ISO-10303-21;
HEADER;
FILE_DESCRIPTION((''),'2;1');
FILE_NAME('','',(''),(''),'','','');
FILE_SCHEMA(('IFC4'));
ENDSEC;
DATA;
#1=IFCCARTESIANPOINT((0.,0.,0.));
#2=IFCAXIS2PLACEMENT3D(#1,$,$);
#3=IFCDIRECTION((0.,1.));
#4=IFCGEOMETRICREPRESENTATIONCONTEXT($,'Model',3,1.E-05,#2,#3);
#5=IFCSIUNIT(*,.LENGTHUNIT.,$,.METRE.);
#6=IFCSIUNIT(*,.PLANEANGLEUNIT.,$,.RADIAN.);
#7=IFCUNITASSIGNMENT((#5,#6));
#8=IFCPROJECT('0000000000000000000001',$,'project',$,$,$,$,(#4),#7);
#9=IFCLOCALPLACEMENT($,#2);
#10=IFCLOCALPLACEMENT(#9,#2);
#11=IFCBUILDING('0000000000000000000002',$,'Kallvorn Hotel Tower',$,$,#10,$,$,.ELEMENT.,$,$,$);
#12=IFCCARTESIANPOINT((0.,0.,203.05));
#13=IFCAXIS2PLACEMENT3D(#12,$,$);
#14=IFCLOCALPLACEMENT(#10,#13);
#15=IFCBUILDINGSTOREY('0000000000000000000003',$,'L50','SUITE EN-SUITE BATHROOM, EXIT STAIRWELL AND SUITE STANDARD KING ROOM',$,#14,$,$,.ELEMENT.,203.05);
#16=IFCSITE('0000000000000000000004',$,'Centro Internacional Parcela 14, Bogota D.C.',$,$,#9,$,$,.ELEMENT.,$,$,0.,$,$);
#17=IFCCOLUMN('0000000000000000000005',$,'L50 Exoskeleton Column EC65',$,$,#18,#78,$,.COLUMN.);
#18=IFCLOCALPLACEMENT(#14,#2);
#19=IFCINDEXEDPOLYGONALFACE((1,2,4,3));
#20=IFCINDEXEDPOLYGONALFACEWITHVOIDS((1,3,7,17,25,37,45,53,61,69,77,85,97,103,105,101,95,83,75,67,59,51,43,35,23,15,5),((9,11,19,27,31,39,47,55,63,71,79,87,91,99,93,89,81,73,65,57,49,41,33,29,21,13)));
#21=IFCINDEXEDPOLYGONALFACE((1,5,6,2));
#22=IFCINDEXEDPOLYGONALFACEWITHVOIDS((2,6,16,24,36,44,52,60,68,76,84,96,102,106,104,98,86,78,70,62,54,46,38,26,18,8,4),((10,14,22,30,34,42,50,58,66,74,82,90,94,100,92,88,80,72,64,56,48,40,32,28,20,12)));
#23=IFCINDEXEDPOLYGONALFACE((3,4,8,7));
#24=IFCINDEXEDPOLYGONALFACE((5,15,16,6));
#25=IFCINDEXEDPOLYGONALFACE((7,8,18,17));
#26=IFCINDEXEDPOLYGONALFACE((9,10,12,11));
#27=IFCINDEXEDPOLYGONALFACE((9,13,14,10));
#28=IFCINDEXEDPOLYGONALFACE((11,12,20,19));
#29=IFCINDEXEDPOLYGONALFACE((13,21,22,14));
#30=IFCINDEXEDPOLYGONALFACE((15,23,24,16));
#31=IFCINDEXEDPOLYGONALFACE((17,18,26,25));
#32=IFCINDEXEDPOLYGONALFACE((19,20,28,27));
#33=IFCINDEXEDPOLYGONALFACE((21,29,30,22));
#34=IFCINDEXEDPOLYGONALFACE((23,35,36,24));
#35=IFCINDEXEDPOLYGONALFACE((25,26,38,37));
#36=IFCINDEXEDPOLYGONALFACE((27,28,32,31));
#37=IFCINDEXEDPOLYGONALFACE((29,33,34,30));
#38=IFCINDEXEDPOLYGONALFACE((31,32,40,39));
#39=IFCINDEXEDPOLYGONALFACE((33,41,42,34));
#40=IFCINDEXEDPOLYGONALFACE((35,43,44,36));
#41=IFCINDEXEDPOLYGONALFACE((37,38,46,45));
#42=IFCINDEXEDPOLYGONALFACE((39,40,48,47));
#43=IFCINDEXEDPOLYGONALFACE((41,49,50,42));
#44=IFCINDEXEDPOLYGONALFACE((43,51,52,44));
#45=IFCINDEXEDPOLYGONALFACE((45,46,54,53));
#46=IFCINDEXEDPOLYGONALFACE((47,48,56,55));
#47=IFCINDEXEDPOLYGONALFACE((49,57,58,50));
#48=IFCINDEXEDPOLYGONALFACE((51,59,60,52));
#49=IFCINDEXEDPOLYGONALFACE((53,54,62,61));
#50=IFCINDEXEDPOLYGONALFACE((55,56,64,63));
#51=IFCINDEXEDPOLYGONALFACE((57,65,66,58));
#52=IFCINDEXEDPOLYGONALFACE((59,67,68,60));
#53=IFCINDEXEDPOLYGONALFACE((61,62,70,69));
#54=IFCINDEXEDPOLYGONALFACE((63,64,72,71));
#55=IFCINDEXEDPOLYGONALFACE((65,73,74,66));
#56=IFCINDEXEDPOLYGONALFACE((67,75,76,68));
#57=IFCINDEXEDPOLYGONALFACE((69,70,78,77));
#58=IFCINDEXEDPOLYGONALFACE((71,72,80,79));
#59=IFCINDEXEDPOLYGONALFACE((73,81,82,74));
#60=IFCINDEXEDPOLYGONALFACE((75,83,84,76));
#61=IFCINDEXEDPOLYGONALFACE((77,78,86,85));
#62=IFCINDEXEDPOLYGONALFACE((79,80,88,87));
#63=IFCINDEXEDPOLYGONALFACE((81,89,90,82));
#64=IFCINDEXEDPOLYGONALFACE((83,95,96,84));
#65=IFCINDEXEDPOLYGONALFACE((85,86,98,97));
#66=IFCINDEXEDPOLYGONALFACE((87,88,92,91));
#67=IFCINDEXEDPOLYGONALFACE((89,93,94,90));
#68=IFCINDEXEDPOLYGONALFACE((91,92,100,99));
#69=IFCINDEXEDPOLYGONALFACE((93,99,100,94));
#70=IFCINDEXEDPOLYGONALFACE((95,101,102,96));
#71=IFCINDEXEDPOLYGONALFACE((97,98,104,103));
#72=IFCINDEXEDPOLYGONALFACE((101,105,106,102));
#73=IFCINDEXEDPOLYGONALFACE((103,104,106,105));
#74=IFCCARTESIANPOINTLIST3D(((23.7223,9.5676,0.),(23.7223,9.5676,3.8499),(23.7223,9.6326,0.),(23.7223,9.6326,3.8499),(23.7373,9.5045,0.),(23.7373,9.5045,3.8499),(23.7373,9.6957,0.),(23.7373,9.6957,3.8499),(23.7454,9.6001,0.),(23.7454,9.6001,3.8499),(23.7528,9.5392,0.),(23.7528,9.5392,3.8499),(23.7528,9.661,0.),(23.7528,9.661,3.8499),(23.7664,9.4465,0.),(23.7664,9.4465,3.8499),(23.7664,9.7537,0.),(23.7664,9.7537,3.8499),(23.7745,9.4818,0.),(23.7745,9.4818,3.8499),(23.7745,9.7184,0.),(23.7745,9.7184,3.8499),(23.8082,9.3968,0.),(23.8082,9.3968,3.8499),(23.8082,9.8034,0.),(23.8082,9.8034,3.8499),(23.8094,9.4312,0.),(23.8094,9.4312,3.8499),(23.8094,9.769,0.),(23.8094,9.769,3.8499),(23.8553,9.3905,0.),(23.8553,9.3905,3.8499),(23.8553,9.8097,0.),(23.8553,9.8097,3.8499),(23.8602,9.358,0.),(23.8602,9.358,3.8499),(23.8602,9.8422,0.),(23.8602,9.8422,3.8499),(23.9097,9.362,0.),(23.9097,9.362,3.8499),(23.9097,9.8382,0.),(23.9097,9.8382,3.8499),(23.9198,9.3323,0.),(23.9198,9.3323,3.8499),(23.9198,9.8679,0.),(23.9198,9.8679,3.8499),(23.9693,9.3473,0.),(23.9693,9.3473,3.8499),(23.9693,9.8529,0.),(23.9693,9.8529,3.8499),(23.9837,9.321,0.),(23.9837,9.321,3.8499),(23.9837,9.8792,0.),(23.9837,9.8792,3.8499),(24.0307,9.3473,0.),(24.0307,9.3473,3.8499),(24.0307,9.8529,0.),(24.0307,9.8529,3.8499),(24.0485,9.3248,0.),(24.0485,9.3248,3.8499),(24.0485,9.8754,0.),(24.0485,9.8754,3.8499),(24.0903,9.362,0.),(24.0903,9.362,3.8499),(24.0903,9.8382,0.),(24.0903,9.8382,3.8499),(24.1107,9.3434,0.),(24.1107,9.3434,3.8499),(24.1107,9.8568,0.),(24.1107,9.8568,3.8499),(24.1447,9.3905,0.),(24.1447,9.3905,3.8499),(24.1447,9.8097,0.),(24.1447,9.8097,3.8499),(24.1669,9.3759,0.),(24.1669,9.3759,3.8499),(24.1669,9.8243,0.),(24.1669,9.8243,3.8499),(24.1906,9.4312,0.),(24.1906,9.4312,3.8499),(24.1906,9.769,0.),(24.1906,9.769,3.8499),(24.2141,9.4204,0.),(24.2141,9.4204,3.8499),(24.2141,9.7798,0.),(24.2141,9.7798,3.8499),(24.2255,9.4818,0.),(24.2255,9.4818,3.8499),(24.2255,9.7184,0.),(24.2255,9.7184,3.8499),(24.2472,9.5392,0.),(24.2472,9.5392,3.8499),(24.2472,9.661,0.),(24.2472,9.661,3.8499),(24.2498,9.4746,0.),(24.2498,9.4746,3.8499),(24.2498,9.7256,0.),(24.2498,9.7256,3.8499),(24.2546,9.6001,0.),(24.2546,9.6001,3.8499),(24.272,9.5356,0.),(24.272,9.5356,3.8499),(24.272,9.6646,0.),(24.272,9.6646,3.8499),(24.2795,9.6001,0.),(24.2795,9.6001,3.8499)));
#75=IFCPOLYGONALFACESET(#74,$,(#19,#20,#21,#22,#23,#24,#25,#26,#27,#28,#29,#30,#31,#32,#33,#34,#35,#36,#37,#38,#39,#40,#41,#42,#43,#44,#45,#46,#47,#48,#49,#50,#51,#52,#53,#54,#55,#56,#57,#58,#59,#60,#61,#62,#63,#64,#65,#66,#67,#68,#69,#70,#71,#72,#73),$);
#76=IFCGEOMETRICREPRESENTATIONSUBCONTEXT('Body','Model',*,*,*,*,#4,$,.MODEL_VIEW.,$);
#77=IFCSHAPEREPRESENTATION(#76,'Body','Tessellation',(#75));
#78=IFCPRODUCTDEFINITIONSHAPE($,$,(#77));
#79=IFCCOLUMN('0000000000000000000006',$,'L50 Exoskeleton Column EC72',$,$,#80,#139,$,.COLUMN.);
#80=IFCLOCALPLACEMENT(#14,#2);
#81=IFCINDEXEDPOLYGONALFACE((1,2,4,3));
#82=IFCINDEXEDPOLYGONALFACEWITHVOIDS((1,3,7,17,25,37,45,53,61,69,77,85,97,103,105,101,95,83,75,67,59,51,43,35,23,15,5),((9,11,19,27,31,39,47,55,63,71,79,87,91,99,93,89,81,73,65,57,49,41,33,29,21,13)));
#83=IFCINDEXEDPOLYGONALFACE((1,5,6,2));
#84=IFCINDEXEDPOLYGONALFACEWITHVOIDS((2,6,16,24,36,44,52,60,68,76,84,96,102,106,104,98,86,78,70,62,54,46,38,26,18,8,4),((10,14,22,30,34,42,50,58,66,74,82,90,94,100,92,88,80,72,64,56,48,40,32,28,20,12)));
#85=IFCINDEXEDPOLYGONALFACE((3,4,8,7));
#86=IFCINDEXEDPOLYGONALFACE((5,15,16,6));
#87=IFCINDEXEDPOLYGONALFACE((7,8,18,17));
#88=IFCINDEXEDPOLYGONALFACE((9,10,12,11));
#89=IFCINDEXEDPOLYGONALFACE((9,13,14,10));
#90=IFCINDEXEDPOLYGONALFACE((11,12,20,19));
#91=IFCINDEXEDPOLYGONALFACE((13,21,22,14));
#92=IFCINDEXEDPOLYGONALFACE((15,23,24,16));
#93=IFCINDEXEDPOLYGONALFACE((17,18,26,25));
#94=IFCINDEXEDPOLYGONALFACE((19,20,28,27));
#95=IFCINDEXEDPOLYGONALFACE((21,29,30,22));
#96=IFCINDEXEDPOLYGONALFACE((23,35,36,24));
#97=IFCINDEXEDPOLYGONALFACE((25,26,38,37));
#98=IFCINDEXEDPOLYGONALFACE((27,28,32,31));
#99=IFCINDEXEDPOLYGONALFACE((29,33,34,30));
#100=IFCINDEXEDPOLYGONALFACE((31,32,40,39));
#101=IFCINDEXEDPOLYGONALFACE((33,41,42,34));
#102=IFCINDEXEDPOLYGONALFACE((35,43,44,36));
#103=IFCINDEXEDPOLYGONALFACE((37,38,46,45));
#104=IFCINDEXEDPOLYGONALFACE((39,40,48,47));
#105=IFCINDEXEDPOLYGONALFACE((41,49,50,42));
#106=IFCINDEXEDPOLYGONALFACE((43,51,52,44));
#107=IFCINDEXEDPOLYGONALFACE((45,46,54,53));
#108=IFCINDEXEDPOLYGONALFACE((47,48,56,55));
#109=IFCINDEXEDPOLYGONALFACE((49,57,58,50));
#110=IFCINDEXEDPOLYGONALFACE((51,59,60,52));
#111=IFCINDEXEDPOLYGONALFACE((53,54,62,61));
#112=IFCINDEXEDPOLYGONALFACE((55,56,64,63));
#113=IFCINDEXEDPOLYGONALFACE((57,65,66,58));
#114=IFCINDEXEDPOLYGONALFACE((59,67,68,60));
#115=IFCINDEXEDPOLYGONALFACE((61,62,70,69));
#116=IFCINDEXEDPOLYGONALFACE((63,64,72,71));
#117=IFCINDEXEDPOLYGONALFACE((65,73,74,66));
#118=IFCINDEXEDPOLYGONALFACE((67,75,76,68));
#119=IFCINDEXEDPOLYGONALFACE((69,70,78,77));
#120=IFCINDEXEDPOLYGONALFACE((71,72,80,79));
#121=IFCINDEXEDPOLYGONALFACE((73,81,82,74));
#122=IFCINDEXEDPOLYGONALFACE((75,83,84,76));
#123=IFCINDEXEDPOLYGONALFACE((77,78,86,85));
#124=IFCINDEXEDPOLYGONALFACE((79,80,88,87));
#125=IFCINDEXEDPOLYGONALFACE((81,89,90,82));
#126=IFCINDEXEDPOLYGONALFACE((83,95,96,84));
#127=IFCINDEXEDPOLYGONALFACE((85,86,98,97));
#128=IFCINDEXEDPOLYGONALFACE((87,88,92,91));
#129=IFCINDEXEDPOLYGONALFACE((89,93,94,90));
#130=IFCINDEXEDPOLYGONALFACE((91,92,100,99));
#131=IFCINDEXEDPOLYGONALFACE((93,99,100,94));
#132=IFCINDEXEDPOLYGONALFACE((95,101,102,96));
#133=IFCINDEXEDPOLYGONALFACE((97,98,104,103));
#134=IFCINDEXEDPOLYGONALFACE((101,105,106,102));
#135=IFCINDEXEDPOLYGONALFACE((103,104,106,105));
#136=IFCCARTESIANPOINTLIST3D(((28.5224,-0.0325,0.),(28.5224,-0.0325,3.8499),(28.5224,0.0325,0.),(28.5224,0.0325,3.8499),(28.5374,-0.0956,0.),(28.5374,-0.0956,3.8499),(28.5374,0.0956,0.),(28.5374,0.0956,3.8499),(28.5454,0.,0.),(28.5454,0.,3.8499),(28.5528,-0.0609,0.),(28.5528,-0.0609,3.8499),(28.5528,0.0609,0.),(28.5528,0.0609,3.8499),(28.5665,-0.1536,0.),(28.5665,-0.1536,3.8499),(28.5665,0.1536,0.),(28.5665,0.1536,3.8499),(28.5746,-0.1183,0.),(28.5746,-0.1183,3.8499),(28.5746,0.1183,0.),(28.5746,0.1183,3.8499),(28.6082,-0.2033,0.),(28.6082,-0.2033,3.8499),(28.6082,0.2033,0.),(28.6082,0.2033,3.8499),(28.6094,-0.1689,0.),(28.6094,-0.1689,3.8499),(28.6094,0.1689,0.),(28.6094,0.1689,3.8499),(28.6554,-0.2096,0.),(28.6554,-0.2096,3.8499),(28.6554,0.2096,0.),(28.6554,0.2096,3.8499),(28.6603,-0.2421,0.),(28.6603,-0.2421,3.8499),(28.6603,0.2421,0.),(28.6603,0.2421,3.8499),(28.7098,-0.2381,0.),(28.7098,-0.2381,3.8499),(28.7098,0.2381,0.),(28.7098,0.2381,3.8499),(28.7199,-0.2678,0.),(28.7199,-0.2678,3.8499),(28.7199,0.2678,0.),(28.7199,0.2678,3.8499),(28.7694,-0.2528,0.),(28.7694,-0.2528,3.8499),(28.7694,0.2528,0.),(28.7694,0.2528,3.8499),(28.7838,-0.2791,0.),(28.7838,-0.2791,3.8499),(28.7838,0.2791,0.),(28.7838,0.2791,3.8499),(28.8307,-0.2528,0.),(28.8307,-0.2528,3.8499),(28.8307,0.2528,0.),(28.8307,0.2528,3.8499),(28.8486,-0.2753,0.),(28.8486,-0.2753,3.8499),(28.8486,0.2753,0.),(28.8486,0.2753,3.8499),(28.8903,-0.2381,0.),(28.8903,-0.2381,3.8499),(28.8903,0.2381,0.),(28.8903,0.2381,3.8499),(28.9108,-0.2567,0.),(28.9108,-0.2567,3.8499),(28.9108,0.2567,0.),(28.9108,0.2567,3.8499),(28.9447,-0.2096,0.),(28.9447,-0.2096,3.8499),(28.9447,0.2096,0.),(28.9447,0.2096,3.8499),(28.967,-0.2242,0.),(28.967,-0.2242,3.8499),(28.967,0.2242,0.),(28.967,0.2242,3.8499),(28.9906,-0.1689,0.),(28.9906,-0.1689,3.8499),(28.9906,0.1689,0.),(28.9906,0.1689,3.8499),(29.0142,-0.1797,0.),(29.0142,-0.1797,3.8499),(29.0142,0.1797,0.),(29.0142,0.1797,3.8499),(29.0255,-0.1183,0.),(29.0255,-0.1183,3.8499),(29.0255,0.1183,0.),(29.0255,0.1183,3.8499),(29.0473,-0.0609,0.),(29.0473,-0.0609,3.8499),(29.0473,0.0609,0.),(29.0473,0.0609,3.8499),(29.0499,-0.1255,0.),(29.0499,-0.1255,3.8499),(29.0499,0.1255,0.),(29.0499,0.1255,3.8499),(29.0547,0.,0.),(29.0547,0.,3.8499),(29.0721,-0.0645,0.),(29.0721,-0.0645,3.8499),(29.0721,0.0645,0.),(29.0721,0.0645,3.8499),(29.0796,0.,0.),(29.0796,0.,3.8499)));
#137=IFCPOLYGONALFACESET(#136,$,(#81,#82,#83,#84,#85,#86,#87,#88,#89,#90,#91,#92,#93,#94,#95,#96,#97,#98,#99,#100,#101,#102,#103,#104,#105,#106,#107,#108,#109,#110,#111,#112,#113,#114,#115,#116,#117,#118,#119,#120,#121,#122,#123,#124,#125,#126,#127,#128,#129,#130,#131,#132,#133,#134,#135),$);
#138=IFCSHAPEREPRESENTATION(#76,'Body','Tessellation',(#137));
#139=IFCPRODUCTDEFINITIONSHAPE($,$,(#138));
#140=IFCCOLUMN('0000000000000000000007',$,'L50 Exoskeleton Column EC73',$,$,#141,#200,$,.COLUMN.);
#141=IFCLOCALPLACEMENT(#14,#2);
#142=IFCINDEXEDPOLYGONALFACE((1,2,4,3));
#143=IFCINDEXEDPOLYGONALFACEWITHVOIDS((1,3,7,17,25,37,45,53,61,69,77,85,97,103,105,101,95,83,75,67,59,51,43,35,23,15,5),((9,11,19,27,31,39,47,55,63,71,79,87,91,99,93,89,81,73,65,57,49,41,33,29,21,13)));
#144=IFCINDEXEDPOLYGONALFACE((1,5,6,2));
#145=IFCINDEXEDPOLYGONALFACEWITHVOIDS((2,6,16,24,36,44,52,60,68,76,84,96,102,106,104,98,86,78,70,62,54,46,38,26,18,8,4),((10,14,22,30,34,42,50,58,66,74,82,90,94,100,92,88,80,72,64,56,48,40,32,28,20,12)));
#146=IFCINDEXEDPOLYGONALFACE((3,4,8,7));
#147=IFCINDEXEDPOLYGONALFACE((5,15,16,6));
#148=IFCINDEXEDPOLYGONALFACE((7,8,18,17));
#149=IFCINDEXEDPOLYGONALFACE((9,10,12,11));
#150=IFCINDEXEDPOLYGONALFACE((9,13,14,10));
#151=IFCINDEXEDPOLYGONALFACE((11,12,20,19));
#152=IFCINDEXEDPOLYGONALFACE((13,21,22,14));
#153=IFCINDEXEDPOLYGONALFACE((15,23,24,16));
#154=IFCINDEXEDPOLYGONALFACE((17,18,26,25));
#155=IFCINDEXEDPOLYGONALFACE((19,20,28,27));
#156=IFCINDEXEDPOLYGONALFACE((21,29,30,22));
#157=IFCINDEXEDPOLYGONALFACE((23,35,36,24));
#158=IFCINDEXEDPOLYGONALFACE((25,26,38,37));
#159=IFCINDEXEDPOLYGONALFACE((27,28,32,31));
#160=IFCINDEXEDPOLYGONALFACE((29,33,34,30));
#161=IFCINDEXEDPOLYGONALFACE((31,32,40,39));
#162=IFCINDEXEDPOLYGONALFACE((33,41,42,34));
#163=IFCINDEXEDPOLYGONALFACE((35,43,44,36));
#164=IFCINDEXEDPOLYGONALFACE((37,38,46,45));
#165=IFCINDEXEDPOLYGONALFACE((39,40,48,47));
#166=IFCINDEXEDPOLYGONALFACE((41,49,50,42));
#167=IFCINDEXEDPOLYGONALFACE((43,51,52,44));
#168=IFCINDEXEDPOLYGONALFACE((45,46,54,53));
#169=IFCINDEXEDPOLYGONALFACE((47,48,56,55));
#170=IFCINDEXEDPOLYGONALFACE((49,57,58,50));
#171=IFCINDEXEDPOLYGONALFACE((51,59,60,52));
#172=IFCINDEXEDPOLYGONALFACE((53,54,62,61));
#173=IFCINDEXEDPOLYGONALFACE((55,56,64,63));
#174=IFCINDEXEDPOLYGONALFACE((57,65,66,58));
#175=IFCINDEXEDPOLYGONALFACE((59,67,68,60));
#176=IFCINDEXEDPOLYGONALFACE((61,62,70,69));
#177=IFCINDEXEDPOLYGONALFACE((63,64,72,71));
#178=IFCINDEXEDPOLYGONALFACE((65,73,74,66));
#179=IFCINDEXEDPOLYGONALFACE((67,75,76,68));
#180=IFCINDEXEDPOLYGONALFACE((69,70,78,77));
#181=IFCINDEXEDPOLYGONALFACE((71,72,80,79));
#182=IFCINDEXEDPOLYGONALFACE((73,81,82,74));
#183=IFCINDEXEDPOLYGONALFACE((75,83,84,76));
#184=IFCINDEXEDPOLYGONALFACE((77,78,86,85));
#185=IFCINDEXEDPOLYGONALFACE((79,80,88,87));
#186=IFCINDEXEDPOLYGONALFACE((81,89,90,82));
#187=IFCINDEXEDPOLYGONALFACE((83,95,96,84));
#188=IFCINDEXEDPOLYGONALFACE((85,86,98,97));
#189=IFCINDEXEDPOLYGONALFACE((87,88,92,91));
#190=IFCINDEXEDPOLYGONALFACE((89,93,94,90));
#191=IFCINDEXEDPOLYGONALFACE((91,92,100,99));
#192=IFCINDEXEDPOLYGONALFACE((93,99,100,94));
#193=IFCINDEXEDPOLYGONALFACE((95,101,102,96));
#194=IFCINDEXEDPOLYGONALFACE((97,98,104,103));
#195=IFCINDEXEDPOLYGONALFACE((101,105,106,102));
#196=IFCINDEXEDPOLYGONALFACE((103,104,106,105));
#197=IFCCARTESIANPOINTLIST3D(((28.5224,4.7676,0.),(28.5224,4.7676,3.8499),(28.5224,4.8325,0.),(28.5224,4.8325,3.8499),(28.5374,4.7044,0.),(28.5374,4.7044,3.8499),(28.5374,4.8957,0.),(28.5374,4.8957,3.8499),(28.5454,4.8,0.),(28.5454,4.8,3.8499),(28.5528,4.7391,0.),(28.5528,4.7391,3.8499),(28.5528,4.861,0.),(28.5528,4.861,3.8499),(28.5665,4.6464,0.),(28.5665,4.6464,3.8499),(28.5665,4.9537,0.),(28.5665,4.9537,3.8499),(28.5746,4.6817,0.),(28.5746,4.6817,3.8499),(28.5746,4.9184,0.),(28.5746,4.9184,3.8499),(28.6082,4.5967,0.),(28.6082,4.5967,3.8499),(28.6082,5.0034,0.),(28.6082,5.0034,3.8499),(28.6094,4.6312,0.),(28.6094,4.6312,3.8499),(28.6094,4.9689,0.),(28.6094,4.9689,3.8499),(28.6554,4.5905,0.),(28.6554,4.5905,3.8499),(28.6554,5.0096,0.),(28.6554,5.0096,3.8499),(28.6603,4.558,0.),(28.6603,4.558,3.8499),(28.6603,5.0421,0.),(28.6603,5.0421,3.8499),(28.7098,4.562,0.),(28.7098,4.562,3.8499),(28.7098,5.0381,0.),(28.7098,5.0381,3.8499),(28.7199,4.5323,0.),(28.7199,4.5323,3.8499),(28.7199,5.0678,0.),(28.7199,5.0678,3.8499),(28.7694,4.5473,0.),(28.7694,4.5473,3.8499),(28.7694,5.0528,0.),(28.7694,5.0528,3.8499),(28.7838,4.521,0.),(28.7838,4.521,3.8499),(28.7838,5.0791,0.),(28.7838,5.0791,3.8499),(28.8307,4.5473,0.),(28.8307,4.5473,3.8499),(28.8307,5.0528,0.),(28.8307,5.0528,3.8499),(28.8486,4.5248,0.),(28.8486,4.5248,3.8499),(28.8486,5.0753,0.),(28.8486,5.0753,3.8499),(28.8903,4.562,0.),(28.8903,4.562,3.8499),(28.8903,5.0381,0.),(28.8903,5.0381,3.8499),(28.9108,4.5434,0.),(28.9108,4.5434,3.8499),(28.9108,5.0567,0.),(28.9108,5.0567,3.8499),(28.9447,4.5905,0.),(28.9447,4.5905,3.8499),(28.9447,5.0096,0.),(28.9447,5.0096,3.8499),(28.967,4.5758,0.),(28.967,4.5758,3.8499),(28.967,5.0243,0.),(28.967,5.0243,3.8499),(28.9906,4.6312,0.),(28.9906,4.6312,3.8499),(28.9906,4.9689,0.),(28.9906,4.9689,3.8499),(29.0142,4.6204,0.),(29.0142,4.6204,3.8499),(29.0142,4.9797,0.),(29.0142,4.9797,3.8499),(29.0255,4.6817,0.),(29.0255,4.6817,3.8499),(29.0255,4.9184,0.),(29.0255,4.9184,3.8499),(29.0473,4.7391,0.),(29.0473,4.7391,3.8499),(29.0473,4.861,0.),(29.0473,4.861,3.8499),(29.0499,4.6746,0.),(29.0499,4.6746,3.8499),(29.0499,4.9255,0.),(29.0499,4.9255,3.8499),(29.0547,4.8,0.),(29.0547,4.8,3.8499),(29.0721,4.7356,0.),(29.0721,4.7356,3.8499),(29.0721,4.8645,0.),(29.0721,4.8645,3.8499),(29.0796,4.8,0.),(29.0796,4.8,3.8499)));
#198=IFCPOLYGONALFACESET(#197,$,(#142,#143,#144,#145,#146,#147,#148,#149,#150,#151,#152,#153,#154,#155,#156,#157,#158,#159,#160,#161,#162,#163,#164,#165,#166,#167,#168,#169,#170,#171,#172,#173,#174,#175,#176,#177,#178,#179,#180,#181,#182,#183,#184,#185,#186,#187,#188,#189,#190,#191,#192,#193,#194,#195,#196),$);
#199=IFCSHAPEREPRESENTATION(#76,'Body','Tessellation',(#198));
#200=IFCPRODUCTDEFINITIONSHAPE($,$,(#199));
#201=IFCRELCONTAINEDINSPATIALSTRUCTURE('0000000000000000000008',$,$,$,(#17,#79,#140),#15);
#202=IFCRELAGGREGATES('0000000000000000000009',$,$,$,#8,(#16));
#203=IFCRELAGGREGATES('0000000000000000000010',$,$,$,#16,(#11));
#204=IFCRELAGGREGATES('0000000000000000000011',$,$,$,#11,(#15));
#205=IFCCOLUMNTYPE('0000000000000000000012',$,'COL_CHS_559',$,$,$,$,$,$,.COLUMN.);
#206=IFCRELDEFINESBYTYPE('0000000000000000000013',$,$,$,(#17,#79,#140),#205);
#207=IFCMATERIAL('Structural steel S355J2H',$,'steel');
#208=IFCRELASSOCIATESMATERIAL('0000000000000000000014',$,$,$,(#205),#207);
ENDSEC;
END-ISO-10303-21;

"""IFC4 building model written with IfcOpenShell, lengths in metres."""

from ifc_helpers import new_model, si_unit, direction, frame, origin, origin_2d, place, context, subcontext, project, spatial, hollow_circle, extrude, material, material_profile, profile_set, type_object, element, save


model = new_model("IFC4")

# Units and contexts
model_context = context("Model", 3, precision=1e-05, world=origin(), true_north=direction((0.0, 1.0)))
body_context = subcontext(model_context, "Body", "Model", "MODEL_VIEW")
ifc_project = project(units=[si_unit("LENGTHUNIT", "METRE"), si_unit("PLANEANGLEUNIT", "RADIAN")], contexts=[model_context])

# Site, building, storey
site_placement = place(None, origin())
site = spatial("IfcSite", under=ifc_project, at=site_placement, Name="Centro Internacional Parcela 14, Bogota D.C.", CompositionType="ELEMENT", RefElevation=0.0)
building_placement = place(site_placement, origin())
building = spatial("IfcBuilding", under=site, at=building_placement, Name="Kallvorn Hotel Tower", CompositionType="ELEMENT")
storey_placement = place(building_placement, frame((0.0, 0.0, 203.05)))
storey = spatial("IfcBuildingStorey", under=building, at=storey_placement, Name="L50", Description="SUITE EN-SUITE BATHROOM, EXIT STAIRWELL AND SUITE STANDARD KING ROOM", CompositionType="ELEMENT", Elevation=203.05)

# Columns
ifc_material_1 = material(Name="Structural steel S355J2H", Category="steel")
ifc_material_profile_1 = material_profile(ifc_material_1, hollow_circle(Radius=0.2795, WallThickness=0.0249, at=origin_2d()), Name="CHS 559x25")
ifc_profile_set_1 = profile_set([ifc_material_profile_1], Name="Structural steel S355J2H")
column_type_1 = type_object("IfcColumnType", Name="COL_CHS_559", PredefinedType="COLUMN", material=ifc_profile_set_1)
for number, where, z_axis, x_axis, name in (
    (1, (24.0, 9.6001, 0.0), (0.0, 0.0, 1.0), (1.0, 0.0, 0.0), "L50 Exoskeleton Column EC65"),
    (2, (28.8, 0.0, 0.0), (0.0, 0.0, 1.0), (1.0, 0.0, 0.0), "L50 Exoskeleton Column EC72"),
    (3, (28.8, 4.8, 0.0), (0.0, 0.0, 1.0), (1.0, 0.0, 0.0), "L50 Exoskeleton Column EC73"),
):
    element("IfcColumn", number, at=place(storey_placement, frame(where, z_axis=z_axis, x_axis=x_axis)), inside=storey, type_object=column_type_1, Name=name, PredefinedType="COLUMN", context=body_context, shape_type="SweptSolid", body=[
        extrude(hollow_circle(Radius=0.2795, WallThickness=0.0249, at=origin_2d()), origin(), (0.0, 0.0, 1.0), 3.8499),
    ])

save(model, "model.ifc")
